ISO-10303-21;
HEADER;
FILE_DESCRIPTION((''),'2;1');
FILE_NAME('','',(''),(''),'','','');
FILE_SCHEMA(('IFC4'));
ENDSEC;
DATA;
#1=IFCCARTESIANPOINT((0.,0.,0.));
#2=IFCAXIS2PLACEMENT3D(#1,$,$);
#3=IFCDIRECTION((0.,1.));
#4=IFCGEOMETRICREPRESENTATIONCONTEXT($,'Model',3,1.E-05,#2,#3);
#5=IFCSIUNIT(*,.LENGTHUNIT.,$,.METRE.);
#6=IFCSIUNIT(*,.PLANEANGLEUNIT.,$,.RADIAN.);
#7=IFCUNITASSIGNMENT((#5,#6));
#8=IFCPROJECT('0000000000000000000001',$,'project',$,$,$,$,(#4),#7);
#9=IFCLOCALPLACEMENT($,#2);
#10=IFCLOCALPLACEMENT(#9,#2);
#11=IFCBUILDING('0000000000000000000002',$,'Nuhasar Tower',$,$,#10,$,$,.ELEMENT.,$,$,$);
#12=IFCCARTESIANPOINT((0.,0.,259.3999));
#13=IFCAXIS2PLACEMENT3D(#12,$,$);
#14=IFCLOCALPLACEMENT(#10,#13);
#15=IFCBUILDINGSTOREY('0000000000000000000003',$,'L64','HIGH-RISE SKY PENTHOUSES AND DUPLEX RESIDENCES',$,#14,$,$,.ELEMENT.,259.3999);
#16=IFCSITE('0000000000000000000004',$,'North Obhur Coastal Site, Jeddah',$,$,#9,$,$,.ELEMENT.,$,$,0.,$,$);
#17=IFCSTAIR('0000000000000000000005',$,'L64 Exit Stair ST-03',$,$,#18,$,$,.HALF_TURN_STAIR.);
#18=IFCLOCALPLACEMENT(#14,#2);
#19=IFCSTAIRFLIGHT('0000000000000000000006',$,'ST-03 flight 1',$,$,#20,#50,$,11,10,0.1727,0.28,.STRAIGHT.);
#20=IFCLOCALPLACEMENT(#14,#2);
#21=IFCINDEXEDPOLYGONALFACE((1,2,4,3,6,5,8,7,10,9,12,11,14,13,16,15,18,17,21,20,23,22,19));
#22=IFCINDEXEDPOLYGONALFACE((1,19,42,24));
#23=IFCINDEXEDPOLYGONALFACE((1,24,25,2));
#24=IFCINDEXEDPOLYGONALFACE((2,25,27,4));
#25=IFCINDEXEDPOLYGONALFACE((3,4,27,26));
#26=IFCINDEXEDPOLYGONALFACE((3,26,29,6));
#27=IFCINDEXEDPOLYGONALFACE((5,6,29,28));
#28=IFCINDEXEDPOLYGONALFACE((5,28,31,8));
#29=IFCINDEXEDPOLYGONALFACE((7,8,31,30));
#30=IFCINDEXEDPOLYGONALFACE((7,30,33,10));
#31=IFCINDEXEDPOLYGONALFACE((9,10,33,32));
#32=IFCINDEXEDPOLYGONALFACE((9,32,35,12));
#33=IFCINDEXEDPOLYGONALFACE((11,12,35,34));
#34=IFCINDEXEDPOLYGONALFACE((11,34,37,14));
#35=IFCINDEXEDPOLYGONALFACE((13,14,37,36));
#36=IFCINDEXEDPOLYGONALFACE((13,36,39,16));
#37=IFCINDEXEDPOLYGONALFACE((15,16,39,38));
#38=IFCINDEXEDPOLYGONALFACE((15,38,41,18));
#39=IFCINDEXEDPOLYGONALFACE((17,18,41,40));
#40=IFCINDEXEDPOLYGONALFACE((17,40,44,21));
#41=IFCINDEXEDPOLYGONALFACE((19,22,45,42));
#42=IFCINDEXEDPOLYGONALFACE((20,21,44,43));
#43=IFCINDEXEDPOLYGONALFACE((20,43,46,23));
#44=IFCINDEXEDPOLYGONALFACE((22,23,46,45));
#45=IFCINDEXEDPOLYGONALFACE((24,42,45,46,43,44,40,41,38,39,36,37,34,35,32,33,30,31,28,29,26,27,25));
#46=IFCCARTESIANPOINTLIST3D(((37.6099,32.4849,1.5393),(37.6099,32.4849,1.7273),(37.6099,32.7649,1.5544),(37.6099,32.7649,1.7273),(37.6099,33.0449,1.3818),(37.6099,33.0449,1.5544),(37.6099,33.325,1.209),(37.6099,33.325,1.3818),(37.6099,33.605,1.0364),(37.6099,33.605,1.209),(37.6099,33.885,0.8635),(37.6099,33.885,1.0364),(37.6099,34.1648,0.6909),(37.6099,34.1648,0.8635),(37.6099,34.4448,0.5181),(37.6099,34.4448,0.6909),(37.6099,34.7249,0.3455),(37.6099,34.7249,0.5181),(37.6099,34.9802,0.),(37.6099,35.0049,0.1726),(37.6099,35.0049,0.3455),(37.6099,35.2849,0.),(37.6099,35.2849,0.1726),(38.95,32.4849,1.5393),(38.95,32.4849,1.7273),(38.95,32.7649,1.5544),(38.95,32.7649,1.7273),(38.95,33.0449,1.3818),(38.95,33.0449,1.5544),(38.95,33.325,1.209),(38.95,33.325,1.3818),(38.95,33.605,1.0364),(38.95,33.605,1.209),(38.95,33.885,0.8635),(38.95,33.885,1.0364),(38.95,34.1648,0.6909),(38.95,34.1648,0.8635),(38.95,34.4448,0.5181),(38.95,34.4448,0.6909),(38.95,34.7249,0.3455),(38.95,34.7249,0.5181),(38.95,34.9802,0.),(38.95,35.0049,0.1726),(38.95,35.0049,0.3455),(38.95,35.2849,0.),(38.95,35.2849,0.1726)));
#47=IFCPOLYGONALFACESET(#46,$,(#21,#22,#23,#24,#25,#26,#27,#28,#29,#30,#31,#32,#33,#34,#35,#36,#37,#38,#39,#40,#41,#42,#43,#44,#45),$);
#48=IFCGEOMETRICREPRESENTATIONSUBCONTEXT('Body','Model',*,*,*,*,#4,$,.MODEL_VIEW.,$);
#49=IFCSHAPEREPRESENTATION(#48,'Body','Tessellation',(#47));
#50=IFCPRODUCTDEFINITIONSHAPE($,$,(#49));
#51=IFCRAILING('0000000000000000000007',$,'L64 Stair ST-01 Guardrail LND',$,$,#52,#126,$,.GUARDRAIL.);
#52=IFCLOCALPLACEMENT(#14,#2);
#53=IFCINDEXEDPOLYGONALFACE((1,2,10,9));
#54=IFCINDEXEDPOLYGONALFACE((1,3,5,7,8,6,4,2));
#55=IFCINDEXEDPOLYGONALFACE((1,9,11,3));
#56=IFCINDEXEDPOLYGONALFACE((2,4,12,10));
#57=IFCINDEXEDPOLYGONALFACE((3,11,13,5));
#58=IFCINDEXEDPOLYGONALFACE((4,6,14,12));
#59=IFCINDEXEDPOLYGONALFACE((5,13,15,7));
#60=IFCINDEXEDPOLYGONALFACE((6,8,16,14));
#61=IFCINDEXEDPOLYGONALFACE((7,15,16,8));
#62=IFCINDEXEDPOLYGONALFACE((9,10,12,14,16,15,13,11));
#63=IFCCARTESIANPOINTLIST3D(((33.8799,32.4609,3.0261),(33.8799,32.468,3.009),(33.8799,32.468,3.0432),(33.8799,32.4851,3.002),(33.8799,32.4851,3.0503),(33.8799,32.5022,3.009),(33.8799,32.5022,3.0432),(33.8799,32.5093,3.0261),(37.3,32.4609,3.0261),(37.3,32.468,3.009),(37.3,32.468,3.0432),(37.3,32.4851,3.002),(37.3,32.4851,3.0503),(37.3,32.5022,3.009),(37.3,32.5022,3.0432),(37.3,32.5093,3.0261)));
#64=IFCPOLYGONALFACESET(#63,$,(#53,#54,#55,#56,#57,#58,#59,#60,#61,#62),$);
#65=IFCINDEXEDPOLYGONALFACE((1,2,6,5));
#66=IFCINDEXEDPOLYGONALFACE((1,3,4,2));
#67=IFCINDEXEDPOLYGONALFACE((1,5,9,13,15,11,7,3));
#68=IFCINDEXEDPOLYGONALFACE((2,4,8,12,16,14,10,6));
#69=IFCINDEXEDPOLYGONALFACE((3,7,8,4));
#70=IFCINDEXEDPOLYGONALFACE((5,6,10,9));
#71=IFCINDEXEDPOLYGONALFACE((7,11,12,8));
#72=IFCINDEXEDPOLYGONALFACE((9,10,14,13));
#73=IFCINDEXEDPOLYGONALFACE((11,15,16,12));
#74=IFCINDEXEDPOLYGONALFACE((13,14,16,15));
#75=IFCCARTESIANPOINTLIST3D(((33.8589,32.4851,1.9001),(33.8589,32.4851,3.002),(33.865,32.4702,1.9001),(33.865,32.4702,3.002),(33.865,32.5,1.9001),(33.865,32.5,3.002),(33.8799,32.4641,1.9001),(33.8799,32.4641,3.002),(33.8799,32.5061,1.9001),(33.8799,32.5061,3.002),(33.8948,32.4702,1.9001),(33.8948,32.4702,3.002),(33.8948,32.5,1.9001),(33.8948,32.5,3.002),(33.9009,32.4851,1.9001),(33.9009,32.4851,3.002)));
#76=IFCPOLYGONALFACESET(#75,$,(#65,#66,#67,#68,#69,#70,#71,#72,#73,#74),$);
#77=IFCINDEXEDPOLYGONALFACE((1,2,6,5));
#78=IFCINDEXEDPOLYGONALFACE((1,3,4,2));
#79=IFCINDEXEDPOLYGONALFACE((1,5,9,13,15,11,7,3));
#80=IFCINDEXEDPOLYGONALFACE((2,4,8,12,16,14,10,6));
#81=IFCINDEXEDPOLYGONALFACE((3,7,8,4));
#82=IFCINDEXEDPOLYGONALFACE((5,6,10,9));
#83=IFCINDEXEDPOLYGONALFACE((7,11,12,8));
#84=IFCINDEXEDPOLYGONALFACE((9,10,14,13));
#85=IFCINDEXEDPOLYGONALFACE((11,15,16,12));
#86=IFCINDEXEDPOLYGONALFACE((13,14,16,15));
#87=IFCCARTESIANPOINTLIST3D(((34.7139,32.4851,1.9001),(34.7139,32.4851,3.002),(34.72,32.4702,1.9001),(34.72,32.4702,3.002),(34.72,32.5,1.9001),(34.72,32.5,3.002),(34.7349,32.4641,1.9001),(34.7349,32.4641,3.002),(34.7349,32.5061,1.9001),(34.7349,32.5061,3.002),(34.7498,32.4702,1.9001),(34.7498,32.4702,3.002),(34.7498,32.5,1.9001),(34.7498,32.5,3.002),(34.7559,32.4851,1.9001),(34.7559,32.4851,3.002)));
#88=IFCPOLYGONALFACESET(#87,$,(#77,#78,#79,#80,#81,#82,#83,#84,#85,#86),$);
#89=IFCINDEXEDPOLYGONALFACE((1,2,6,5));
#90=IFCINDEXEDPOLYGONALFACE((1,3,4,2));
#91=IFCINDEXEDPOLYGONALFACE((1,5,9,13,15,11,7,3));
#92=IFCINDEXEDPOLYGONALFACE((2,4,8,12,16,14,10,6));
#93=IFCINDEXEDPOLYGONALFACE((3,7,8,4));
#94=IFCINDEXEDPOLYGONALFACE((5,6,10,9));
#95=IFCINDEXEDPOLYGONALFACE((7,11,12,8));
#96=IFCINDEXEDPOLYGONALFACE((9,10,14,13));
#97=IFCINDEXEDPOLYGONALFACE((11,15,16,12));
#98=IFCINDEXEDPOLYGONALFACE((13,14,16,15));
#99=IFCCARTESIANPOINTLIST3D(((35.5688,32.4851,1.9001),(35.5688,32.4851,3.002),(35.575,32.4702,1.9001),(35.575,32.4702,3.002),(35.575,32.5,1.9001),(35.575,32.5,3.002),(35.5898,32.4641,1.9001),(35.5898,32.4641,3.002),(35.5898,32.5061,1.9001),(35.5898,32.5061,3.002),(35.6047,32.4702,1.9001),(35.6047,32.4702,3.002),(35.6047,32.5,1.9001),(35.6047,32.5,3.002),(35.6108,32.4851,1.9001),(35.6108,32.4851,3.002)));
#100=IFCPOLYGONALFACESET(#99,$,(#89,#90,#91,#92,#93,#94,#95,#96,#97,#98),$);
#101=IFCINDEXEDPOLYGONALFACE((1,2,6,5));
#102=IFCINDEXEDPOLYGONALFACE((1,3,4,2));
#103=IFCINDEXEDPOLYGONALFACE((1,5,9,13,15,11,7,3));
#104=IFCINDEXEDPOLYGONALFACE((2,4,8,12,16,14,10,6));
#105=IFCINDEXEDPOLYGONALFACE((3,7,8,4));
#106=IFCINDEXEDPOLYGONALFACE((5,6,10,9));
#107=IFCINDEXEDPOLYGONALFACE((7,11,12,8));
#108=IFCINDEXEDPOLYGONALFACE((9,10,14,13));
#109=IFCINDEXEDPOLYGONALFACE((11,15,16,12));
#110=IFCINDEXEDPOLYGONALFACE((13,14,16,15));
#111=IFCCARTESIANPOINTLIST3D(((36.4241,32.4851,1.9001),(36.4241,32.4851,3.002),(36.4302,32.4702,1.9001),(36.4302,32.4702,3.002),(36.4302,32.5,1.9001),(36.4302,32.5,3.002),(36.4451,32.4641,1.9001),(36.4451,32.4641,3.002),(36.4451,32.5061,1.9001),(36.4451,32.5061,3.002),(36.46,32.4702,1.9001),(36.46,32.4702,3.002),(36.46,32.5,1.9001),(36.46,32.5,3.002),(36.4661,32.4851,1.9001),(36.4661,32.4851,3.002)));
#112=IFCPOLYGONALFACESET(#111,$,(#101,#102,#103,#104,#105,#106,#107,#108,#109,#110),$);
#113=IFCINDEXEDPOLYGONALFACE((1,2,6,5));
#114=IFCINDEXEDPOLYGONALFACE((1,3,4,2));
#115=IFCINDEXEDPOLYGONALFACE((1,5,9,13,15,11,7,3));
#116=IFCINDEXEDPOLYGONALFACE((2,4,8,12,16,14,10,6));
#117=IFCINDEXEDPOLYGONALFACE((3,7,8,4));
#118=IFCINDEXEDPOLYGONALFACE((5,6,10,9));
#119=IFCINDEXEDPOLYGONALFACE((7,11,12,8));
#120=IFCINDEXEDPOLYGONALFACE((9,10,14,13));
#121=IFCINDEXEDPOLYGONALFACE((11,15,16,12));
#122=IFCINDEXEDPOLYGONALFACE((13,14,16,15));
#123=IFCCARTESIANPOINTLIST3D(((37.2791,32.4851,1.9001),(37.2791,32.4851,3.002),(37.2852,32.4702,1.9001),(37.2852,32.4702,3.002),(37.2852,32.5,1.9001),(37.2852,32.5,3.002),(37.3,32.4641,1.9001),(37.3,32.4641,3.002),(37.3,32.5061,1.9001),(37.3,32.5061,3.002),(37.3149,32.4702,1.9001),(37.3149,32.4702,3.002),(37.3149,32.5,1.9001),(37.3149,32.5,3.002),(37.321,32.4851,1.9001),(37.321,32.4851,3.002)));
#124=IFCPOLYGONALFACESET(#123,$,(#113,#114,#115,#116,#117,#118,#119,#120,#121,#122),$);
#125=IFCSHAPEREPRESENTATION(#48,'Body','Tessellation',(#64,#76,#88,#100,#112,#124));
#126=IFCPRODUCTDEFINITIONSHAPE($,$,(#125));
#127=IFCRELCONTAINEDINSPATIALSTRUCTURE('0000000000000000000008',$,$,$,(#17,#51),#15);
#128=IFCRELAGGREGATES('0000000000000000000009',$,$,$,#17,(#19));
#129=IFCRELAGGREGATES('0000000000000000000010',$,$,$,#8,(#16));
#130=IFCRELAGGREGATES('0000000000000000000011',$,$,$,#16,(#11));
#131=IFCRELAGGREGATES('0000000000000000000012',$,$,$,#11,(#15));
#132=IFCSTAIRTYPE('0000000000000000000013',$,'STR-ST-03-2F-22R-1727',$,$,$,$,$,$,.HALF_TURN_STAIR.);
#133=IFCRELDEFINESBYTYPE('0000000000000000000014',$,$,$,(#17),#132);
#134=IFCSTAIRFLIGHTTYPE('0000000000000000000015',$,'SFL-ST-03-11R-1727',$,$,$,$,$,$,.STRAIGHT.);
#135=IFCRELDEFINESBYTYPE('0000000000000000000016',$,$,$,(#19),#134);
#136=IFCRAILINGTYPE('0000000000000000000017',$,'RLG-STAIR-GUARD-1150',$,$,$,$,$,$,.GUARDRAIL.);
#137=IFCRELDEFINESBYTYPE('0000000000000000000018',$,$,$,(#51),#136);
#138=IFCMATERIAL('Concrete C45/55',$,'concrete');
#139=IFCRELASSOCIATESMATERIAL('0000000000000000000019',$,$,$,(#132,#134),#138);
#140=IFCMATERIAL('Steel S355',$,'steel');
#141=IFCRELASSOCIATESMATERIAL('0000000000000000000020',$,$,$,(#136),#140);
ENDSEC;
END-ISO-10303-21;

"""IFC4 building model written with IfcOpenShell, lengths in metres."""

from ifc_helpers import new_model, si_unit, direction, frame, origin, place, context, subcontext, project, spatial, polyline, outline, extrude, material, type_object, element, aggregate, save


model = new_model("IFC4")

# Units and contexts
model_context = context("Model", 3, precision=1e-05, world=origin(), true_north=direction((0.0, 1.0)))
body_context = subcontext(model_context, "Body", "Model", "MODEL_VIEW")
ifc_project = project(units=[si_unit("LENGTHUNIT", "METRE"), si_unit("PLANEANGLEUNIT", "RADIAN")], contexts=[model_context])

# Site, building, storey
site_placement = place(None, origin())
site = spatial("IfcSite", under=ifc_project, at=site_placement, Name="North Obhur Coastal Site, Jeddah", CompositionType="ELEMENT", RefElevation=0.0)
building_placement = place(site_placement, origin())
building = spatial("IfcBuilding", under=site, at=building_placement, Name="Nuhasar Tower", CompositionType="ELEMENT")
storey_placement = place(building_placement, frame((0.0, 0.0, 259.3999)))
storey = spatial("IfcBuildingStorey", under=building, at=storey_placement, Name="L64", Description="HIGH-RISE SKY PENTHOUSES AND DUPLEX RESIDENCES", CompositionType="ELEMENT", Elevation=259.3999)

# Shared definitions
ifc_material_1 = material(Name="Steel S355", Category="steel")

# Shared definitions
ifc_material_2 = material(Name="Concrete C45/55", Category="concrete")

# Stair, stair flight
stair_type_1 = type_object("IfcStairType", Name="STR-ST-03-2F-22R-1727", PredefinedType="HALF_TURN_STAIR", material=ifc_material_2)
stair_1_placement = place(storey_placement, origin())
stair_1 = element("IfcStair", 1, at=stair_1_placement, inside=storey, type_object=stair_type_1, Name="L64 Exit Stair ST-03", PredefinedType="HALF_TURN_STAIR")
stair_flight_type_1 = type_object("IfcStairFlightType", Name="SFL-ST-03-11R-1727", PredefinedType="STRAIGHT", material=ifc_material_2)
stair_flight_1_placement = place(storey_placement, frame((38.28, 35.2849, 0.0), z_axis=(0.0, 0.0, 1.0), x_axis=(0.0, -1.0, 0.0)))
stair_flight_1 = element("IfcStairFlight", 2, at=stair_flight_1_placement, type_object=stair_flight_type_1, Name="ST-03 flight 1", NumberOfRisers=11, NumberOfTreads=10, PredefinedType="STRAIGHT", RiserHeight=0.1727, TreadLength=0.28, context=body_context, shape_type="SweptSolid", body=[
    extrude(outline(polyline([(0.0, 0.0), (0.0, 0.1726), (0.28, 0.1726), (0.28, 0.3455), (0.5601, 0.3455), (0.5601, 0.5181), (0.8401, 0.5181), (0.8401, 0.6909), (1.1201, 0.6909), (1.1201, 0.8635), (1.3999, 0.8635), (1.3999, 1.0364), (1.6799, 1.0364), (1.6799, 1.209), (1.96, 1.209), (1.96, 1.3818), (2.24, 1.3818), (2.24, 1.5544), (2.52, 1.5544), (2.52, 1.7273), (2.8, 1.7273), (2.8, 1.8999), (2.8, 1.5393), (0.3047, 0.0), (0.0, 0.0)])), frame((0.0, 0.6699, 0.0), z_axis=(0.0, -1.0, 0.0), x_axis=(1.0, 0.0, 0.0)), (0.0, 0.0, 1.0), 1.3401),
])
aggregate(stair_1, [stair_flight_1])

# Railing
railing_type_1 = type_object("IfcRailingType", Name="RLG-STAIR-GUARD-1150", PredefinedType="GUARDRAIL", material=ifc_material_1)
railing_1_placement = place(storey_placement, frame((33.8799, 32.4851, 1.9001)))
element("IfcRailing", 3, at=railing_1_placement, inside=storey, type_object=railing_type_1, Name="L64 Stair ST-01 Guardrail LND", PredefinedType="GUARDRAIL", context=body_context, shape_type="SweptSolid", body=[
    extrude(outline(polyline([(0.0242, 0.0), (0.0171, 0.0171), (0.0, 0.0242), (-0.0171, 0.0171), (-0.0242, 0.0), (-0.0171, -0.0171), (0.0, -0.0242), (0.0171, -0.0171), (0.0242, 0.0)])), frame((0.0, 0.0, 1.126), z_axis=(1.0, 0.0, 0.0), x_axis=(0.0, 1.0, 0.0)), (0.0, 0.0, 1.0), 3.4202),
    extrude(outline(polyline([(0.021, 0.0), (0.0149, 0.0149), (0.0, 0.021), (-0.0149, 0.0149), (-0.021, 0.0), (-0.0149, -0.0149), (0.0, -0.021), (0.0149, -0.0149), (0.021, 0.0)])), origin(), (0.0, 0.0, 1.0), 1.1018),
    extrude(outline(polyline([(0.021, 0.0), (0.0149, 0.0149), (0.0, 0.021), (-0.0149, 0.0149), (-0.021, 0.0), (-0.0149, -0.0149), (0.0, -0.021), (0.0149, -0.0149), (0.021, 0.0)])), frame((0.855, 0.0, 0.0)), (0.0, 0.0, 1.0), 1.1018),
    extrude(outline(polyline([(0.021, 0.0), (0.0149, 0.0149), (0.0, 0.021), (-0.0149, 0.0149), (-0.021, 0.0), (-0.0149, -0.0149), (0.0, -0.021), (0.0149, -0.0149), (0.021, 0.0)])), frame((1.71, 0.0, 0.0)), (0.0, 0.0, 1.0), 1.1018),
    extrude(outline(polyline([(0.021, 0.0), (0.0149, 0.0149), (0.0, 0.021), (-0.0149, 0.0149), (-0.021, 0.0), (-0.0149, -0.0149), (0.0, -0.021), (0.0149, -0.0149), (0.021, 0.0)])), frame((2.5652, 0.0, 0.0)), (0.0, 0.0, 1.0), 1.1018),
    extrude(outline(polyline([(0.021, 0.0), (0.0149, 0.0149), (0.0, 0.021), (-0.0149, 0.0149), (-0.021, 0.0), (-0.0149, -0.0149), (0.0, -0.021), (0.0149, -0.0149), (0.021, 0.0)])), frame((3.4202, 0.0, 0.0)), (0.0, 0.0, 1.0), 1.1018),
])

save(model, "model.ifc")
